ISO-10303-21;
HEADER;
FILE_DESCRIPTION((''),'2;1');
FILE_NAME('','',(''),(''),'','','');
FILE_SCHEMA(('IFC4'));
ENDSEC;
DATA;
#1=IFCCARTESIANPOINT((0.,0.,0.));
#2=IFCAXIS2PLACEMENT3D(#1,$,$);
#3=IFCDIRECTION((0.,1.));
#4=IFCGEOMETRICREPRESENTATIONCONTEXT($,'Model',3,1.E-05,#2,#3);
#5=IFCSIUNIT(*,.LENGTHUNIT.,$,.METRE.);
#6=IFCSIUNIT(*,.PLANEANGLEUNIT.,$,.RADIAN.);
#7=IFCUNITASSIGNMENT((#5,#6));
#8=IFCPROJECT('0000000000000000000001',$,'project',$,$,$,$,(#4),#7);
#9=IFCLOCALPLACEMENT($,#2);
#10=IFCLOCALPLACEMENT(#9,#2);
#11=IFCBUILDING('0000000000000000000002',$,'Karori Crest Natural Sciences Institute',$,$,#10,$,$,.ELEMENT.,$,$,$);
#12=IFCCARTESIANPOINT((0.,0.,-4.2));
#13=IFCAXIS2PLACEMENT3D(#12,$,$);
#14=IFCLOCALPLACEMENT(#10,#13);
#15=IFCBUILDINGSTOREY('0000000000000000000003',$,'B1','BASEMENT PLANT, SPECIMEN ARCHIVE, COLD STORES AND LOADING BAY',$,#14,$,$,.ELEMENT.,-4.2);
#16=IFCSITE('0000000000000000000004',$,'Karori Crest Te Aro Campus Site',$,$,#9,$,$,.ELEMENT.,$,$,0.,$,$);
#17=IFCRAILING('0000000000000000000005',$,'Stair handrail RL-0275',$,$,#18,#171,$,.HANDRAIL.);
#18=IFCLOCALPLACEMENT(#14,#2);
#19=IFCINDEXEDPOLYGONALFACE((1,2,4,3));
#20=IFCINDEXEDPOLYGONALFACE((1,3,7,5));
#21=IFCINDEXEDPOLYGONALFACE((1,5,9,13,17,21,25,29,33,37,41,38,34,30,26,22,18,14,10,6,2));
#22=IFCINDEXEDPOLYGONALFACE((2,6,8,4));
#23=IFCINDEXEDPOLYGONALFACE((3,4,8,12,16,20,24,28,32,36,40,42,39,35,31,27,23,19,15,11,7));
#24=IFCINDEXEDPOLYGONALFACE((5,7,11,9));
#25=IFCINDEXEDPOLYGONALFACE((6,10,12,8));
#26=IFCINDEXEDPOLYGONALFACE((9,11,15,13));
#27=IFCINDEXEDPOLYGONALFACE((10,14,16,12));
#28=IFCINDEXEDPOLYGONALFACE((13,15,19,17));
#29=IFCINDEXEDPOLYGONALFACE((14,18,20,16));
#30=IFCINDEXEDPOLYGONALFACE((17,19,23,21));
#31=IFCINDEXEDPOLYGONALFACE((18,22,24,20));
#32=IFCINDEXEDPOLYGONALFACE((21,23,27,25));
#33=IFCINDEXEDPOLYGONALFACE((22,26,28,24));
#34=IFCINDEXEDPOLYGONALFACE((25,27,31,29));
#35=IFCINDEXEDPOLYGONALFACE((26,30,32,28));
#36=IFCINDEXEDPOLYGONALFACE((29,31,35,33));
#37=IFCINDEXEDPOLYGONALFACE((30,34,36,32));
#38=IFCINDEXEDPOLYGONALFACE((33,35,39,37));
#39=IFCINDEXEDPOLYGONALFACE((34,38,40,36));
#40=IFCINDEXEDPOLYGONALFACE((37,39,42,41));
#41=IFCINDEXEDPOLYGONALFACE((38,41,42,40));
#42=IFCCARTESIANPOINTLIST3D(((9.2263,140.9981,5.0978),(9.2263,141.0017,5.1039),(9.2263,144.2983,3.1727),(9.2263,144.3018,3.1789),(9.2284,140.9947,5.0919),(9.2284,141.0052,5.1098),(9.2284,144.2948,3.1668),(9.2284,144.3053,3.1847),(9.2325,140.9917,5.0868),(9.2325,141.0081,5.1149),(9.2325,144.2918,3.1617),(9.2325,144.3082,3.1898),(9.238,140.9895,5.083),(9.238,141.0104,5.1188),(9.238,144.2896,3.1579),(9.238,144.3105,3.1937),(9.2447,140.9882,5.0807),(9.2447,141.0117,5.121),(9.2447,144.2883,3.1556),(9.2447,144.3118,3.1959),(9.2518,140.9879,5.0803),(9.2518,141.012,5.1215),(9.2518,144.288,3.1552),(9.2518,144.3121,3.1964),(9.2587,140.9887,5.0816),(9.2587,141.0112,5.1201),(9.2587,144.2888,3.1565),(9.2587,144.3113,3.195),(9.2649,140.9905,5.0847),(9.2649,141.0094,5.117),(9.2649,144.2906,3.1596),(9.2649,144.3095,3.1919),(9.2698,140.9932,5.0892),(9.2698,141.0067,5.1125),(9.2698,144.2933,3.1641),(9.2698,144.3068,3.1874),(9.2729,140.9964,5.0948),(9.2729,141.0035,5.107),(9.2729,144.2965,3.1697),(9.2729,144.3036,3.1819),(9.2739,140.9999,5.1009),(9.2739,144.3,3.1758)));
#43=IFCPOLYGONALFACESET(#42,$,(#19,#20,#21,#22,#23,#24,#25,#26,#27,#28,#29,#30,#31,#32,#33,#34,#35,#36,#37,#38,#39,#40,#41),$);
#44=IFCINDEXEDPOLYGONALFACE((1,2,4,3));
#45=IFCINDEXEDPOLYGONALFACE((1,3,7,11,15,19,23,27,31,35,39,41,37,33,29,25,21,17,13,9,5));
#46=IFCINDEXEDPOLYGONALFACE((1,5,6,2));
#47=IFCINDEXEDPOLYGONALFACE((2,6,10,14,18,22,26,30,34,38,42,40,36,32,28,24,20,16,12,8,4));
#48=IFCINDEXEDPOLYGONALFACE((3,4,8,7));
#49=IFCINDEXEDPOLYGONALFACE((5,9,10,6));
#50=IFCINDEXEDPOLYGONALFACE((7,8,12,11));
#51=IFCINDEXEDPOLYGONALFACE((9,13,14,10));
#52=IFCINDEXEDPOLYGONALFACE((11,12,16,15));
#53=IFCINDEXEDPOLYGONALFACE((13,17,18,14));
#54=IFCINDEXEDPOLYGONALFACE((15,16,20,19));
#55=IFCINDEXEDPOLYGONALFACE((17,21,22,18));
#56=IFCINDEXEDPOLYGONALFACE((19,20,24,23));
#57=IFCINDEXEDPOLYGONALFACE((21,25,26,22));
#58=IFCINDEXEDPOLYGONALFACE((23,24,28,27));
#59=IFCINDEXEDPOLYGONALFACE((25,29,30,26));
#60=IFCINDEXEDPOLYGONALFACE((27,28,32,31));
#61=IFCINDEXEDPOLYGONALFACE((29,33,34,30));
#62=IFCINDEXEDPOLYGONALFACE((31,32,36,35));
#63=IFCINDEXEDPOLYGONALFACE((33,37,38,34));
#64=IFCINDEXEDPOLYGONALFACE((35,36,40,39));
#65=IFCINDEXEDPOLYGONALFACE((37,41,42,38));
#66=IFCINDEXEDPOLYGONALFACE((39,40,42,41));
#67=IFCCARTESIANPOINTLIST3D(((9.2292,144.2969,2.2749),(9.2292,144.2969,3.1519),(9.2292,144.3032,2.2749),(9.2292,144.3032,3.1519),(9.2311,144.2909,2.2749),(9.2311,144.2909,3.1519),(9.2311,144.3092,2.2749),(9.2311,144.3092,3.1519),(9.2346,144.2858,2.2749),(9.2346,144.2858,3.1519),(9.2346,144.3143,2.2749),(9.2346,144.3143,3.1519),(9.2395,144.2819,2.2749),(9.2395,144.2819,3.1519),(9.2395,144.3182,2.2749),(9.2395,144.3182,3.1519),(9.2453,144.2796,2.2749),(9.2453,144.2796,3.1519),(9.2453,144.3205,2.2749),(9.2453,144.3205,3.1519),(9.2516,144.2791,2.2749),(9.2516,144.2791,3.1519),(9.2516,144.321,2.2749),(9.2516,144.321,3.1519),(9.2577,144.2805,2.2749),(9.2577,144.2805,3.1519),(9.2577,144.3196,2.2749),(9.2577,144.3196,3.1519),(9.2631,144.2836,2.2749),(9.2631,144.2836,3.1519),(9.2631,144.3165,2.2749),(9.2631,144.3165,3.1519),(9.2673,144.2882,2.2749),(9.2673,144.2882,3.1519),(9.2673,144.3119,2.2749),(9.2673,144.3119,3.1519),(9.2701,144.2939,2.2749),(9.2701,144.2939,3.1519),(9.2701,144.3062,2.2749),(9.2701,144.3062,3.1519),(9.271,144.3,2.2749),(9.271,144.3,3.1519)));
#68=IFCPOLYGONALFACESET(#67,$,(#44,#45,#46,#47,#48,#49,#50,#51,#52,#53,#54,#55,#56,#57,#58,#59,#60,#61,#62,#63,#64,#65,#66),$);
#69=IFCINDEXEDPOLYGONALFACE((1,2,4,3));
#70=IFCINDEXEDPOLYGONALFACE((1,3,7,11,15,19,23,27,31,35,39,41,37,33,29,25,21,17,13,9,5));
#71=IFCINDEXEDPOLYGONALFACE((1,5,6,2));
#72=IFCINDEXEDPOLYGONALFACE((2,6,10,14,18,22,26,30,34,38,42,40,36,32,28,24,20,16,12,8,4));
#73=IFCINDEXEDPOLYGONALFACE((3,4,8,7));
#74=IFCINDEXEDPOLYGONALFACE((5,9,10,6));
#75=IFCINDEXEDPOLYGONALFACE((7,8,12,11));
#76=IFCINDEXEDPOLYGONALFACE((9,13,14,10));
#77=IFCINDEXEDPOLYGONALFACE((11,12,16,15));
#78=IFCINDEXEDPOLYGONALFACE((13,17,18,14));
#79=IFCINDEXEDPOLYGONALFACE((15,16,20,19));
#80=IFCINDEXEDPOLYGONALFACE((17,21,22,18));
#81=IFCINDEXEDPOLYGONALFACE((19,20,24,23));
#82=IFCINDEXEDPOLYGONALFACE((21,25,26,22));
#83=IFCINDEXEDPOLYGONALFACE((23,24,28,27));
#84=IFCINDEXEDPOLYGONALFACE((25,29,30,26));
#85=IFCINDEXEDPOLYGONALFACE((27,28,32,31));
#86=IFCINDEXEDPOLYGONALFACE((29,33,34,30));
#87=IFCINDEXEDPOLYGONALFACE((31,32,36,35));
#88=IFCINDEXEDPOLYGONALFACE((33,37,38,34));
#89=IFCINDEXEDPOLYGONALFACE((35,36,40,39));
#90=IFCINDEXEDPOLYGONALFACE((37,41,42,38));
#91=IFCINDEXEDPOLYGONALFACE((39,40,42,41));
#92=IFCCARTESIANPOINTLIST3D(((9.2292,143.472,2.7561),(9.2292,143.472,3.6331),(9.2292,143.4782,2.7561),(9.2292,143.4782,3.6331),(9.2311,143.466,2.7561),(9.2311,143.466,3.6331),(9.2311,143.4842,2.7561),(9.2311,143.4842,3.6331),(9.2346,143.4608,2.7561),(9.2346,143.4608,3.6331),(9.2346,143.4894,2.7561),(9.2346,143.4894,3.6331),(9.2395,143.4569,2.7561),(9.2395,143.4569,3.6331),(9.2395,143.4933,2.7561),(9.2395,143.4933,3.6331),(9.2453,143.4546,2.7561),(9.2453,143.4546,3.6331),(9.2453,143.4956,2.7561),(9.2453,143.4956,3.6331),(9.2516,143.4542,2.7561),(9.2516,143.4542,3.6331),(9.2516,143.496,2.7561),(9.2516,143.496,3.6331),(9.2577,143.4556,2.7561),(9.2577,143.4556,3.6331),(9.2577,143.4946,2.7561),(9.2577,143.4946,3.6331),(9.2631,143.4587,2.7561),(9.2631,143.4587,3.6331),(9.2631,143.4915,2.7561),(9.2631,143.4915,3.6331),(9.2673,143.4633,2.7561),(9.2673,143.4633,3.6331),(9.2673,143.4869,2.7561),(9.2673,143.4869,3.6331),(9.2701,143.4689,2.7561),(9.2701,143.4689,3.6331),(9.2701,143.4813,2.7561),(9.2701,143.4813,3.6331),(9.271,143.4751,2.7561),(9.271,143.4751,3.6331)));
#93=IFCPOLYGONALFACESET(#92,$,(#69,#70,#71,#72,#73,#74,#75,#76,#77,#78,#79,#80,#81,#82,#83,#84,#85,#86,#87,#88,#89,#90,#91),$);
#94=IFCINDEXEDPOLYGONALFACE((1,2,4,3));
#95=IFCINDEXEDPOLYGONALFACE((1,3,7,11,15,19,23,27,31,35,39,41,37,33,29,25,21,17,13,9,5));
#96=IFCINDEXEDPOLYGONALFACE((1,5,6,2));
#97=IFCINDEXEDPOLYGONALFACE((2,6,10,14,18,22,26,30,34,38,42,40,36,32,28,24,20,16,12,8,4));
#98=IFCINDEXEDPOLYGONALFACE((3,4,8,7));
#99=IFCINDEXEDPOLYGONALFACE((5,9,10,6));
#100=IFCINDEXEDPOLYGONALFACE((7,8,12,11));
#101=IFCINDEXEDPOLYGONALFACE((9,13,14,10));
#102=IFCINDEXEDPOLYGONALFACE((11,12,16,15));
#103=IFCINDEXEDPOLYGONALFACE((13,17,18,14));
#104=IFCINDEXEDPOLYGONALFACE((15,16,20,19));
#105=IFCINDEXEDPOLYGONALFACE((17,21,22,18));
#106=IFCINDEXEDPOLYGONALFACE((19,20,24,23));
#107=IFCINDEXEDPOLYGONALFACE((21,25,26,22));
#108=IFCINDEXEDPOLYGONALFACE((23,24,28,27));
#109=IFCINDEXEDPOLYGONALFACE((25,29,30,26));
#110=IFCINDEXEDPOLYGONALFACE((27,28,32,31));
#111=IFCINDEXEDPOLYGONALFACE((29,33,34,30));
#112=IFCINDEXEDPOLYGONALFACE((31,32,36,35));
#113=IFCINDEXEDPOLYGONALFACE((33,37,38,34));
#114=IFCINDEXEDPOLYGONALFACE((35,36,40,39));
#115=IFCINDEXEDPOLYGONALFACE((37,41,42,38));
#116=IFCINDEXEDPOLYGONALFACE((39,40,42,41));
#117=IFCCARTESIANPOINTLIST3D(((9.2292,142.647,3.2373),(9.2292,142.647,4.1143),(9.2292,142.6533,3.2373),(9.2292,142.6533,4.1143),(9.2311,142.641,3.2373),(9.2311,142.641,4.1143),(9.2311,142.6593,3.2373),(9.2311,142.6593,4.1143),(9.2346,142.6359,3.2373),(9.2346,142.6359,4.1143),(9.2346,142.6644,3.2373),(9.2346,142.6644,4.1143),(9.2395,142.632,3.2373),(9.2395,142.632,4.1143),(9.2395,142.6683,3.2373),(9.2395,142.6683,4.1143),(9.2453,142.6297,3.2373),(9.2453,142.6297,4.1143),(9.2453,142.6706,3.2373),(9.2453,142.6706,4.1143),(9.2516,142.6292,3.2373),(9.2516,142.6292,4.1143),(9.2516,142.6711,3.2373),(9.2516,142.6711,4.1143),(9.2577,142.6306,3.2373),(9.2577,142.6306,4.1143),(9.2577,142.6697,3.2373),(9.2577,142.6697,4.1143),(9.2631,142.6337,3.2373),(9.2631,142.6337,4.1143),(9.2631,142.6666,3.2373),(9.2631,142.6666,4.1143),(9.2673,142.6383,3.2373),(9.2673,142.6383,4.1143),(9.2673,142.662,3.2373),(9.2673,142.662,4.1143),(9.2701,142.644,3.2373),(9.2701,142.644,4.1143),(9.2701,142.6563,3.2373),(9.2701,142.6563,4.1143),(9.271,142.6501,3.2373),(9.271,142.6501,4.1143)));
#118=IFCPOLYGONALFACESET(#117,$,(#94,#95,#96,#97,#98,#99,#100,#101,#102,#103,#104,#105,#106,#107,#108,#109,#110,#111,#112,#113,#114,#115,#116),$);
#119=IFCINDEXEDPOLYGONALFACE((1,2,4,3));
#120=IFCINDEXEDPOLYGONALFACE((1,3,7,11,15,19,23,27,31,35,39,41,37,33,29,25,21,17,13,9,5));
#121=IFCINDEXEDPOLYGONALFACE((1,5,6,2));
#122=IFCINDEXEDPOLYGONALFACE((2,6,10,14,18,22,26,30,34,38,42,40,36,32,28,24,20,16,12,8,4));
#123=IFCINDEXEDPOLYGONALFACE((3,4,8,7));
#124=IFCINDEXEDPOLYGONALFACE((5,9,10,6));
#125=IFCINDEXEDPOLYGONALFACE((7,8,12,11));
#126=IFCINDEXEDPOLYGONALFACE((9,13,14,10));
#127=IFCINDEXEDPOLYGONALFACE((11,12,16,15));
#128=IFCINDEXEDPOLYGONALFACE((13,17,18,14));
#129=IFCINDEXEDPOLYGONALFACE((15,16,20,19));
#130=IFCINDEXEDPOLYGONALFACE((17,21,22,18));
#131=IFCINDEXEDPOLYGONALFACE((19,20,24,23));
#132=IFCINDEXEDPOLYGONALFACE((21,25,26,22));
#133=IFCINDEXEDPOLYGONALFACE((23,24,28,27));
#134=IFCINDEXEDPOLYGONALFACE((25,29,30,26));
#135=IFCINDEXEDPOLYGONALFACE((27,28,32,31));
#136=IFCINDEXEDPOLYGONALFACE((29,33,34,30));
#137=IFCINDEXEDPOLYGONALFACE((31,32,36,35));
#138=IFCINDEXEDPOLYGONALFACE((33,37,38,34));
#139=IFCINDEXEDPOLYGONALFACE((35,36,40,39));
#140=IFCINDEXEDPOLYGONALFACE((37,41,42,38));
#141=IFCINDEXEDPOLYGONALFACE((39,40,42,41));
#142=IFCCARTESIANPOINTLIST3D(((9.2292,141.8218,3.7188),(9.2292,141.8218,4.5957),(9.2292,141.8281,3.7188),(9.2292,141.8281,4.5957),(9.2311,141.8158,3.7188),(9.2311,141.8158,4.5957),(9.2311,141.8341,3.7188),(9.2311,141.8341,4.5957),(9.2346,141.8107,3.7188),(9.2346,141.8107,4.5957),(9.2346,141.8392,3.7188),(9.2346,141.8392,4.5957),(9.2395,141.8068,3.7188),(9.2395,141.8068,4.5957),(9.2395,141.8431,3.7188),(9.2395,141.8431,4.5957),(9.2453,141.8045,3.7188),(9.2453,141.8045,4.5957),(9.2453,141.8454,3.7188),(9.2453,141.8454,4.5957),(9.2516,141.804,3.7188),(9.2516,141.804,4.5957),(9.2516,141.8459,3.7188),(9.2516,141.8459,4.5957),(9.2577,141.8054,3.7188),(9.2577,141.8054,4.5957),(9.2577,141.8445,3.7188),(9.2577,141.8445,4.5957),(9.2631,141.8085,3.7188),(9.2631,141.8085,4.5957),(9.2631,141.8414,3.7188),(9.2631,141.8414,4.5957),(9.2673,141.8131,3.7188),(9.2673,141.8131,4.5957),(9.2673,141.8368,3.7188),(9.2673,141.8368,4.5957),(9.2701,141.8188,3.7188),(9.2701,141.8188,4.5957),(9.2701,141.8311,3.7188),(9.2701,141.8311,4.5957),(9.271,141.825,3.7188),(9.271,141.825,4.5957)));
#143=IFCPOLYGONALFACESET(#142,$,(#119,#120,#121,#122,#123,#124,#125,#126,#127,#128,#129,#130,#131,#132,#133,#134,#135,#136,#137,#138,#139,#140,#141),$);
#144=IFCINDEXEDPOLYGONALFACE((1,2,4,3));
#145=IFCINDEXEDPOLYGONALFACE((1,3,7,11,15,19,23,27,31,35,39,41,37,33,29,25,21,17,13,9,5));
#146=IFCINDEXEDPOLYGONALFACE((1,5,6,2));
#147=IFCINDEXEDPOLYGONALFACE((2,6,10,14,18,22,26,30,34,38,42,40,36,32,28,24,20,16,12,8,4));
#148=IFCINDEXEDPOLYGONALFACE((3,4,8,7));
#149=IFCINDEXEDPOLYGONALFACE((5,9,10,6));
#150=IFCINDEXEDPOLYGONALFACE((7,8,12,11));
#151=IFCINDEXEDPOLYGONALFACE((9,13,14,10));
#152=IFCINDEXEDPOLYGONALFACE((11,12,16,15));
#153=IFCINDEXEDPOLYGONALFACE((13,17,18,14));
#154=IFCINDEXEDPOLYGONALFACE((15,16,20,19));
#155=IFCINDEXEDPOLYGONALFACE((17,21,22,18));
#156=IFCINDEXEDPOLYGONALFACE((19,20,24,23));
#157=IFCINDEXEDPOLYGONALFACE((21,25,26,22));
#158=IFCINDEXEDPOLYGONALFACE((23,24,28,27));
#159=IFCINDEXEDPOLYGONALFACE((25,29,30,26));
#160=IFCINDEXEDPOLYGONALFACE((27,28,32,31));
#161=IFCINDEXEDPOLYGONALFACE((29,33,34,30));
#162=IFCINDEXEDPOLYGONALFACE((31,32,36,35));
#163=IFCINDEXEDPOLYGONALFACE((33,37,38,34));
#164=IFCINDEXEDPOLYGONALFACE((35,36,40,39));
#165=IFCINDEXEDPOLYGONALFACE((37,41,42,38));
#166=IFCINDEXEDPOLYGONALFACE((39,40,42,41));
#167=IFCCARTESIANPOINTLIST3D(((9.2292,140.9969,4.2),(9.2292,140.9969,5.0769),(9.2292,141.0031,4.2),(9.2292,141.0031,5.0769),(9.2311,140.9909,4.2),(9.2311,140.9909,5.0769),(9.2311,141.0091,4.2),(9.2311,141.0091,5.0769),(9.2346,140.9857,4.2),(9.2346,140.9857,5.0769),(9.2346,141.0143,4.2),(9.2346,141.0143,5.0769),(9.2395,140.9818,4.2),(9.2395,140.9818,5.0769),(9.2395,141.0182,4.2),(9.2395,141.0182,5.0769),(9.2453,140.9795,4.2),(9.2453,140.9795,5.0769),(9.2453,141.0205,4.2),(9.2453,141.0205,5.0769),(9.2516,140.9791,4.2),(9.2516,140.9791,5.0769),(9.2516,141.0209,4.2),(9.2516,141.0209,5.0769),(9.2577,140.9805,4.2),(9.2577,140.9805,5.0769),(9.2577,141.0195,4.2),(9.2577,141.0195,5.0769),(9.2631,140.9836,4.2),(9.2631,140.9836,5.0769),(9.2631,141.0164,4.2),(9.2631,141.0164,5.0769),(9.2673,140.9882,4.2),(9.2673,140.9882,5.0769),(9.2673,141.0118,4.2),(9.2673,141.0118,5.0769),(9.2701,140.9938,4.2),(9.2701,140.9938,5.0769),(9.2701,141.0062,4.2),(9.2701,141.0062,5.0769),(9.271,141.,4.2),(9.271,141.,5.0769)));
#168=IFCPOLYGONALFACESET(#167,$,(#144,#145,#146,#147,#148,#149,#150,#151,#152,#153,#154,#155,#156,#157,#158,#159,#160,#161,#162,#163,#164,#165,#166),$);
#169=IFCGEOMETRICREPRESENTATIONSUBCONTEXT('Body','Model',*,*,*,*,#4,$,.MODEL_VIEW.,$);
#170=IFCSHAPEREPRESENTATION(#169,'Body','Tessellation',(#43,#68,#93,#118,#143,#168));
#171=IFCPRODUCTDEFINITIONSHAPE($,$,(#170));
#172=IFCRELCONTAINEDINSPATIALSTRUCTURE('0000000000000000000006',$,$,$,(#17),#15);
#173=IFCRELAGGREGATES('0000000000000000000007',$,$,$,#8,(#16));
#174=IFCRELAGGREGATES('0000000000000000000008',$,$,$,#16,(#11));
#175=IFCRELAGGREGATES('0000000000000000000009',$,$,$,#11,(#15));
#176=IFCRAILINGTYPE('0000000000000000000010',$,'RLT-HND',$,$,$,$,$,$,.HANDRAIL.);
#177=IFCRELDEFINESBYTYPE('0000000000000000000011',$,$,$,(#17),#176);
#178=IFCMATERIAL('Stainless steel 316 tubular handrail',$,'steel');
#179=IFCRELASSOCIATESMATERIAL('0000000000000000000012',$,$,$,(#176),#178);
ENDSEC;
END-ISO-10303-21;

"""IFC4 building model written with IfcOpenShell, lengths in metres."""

from ifc_helpers import new_model, si_unit, direction, frame, origin, origin_2d, place, context, subcontext, project, spatial, circle, extrude, material, type_object, element, save


model = new_model("IFC4")

# Units and contexts
model_context = context("Model", 3, precision=1e-05, world=origin(), true_north=direction((0.0, 1.0)))
body_context = subcontext(model_context, "Body", "Model", "MODEL_VIEW")
ifc_project = project(units=[si_unit("LENGTHUNIT", "METRE"), si_unit("PLANEANGLEUNIT", "RADIAN")], contexts=[model_context])

# Site, building, storey
site_placement = place(None, origin())
site = spatial("IfcSite", under=ifc_project, at=site_placement, Name="Karori Crest Te Aro Campus Site", CompositionType="ELEMENT", RefElevation=0.0)
building_placement = place(site_placement, origin())
building = spatial("IfcBuilding", under=site, at=building_placement, Name="Karori Crest Natural Sciences Institute", CompositionType="ELEMENT")
storey_placement = place(building_placement, frame((0.0, 0.0, -4.2)))
storey = spatial("IfcBuildingStorey", under=building, at=storey_placement, Name="B1", Description="BASEMENT PLANT, SPECIMEN ARCHIVE, COLD STORES AND LOADING BAY", CompositionType="ELEMENT", Elevation=-4.2)

# Railing
ifc_material_1 = material(Name="Stainless steel 316 tubular handrail", Category="steel")
railing_type_1 = type_object("IfcRailingType", Name="RLT-HND", PredefinedType="HANDRAIL", material=ifc_material_1)
railing_1_placement = place(storey_placement, frame((9.25, 144.3, 2.2749)))
element("IfcRailing", 1, at=railing_1_placement, inside=storey, type_object=railing_type_1, Name="Stair handrail RL-0275", PredefinedType="HANDRAIL", context=body_context, shape_type="SweptSolid", body=[
    extrude(circle(Radius=0.0239, at=origin_2d()), frame((0.0, 0.0, 0.9009), z_axis=(0.0, -0.863777, 0.503875), x_axis=(1.0, 0.0, 0.0)), (0.0, 0.0, 1.0), 3.8206),
    extrude(circle(Radius=0.021, at=origin_2d()), origin(), (0.0, 0.0, 1.0), 0.877),
    extrude(circle(Radius=0.021, at=origin_2d()), frame((0.0, -0.825, 0.4812)), (0.0, 0.0, 1.0), 0.877),
    extrude(circle(Radius=0.021, at=origin_2d()), frame((0.0, -1.6499, 0.9624)), (0.0, 0.0, 1.0), 0.877),
    extrude(circle(Radius=0.021, at=origin_2d()), frame((0.0, -2.4751, 1.4438)), (0.0, 0.0, 1.0), 0.877),
    extrude(circle(Radius=0.021, at=origin_2d()), frame((0.0, -3.3, 1.925)), (0.0, 0.0, 1.0), 0.877),
])

save(model, "model.ifc")
